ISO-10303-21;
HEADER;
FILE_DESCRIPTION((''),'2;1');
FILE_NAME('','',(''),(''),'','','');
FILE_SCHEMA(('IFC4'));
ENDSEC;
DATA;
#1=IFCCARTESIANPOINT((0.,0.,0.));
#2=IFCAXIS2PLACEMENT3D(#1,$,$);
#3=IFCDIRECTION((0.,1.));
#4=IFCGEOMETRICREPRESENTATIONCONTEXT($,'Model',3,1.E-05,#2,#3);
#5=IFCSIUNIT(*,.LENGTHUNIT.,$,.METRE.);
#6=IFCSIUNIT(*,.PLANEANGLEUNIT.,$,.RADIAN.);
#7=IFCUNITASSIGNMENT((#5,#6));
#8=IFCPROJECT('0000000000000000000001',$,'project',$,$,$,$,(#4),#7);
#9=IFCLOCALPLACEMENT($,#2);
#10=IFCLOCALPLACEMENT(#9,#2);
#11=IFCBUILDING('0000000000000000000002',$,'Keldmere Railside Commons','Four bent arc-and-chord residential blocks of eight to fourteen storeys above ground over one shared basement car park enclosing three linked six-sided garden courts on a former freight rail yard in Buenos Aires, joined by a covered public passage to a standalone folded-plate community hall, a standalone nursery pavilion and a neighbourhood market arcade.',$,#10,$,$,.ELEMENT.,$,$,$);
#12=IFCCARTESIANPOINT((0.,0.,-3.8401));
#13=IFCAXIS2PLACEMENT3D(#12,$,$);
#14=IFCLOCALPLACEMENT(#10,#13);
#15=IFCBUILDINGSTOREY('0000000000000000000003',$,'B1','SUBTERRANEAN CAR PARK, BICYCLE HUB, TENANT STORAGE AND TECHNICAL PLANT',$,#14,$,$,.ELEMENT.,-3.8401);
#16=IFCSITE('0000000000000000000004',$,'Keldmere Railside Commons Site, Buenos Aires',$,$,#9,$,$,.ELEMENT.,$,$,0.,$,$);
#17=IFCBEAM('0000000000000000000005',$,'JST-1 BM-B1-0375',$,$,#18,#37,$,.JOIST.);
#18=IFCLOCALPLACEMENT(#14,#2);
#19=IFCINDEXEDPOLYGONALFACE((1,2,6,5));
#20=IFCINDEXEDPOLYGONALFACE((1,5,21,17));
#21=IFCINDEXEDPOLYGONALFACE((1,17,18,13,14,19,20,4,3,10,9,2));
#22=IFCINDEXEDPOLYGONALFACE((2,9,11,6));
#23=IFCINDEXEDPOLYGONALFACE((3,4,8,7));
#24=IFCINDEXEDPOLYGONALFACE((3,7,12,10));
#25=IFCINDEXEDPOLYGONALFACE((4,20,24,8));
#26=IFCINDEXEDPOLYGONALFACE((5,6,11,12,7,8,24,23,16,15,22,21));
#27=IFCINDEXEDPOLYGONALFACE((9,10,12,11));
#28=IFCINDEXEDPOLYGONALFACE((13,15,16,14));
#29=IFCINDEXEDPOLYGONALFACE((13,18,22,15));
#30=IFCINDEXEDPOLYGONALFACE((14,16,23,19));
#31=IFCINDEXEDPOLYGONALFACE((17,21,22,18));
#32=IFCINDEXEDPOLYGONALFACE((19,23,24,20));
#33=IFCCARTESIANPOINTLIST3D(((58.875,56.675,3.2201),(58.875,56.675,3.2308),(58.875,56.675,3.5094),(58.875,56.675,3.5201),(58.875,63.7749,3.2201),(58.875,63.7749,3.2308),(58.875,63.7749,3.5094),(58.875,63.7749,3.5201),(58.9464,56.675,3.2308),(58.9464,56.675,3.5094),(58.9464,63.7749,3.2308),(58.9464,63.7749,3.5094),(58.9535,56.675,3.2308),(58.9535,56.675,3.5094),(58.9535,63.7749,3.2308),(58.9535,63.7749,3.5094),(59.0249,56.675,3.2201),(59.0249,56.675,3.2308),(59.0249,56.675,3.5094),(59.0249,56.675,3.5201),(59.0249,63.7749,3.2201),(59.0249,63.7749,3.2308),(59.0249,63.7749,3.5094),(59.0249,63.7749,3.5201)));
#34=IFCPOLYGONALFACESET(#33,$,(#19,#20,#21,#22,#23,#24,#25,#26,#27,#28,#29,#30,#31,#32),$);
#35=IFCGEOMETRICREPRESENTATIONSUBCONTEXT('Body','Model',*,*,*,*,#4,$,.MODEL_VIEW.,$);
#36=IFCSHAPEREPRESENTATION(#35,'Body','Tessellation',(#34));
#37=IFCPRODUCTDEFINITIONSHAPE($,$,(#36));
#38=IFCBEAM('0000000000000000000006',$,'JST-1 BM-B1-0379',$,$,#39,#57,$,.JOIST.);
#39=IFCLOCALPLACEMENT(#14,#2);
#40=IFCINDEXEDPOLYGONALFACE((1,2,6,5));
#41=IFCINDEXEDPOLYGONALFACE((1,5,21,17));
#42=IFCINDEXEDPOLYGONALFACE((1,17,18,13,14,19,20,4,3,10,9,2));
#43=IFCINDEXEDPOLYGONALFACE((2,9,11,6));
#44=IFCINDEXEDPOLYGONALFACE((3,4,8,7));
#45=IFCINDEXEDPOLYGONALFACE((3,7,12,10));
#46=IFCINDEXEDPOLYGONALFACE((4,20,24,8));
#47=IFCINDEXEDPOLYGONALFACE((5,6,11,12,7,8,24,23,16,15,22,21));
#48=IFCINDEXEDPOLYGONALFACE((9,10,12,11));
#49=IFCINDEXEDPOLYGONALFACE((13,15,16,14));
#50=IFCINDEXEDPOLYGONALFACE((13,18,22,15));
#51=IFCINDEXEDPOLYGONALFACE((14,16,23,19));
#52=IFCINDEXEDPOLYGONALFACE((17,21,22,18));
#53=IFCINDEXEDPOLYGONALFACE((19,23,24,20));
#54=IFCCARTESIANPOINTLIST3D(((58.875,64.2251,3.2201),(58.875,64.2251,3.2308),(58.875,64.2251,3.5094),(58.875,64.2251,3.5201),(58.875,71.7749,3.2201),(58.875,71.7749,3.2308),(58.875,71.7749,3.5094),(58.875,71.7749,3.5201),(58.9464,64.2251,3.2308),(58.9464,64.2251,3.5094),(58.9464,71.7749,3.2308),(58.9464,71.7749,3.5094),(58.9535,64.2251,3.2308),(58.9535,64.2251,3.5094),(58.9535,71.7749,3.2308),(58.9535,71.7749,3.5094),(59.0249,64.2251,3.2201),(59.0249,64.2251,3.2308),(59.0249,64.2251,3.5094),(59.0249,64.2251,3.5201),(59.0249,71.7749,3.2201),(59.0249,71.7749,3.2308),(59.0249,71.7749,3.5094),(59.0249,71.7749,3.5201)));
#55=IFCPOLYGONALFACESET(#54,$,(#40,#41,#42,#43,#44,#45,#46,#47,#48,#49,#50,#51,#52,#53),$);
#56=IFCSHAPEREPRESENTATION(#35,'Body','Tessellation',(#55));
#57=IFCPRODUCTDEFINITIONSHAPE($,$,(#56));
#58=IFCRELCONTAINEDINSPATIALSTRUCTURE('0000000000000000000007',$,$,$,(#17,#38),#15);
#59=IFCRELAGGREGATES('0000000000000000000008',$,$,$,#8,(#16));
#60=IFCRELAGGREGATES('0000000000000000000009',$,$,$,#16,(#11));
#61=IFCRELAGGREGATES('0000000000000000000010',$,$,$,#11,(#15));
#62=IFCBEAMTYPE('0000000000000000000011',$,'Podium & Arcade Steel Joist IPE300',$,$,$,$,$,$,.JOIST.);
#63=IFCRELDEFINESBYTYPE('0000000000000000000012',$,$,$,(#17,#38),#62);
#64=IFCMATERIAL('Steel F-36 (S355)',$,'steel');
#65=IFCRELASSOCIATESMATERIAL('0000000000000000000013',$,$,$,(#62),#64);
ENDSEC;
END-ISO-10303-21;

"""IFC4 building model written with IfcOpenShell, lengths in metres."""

from ifc_helpers import new_model, si_unit, direction, frame, origin, origin_2d, place, context, subcontext, project, spatial, i_section, extrude, material, material_profile, profile_set, type_object, element, save


model = new_model("IFC4")

# Units and contexts
model_context = context("Model", 3, precision=1e-05, world=origin(), true_north=direction((0.0, 1.0)))
body_context = subcontext(model_context, "Body", "Model", "MODEL_VIEW")
ifc_project = project(units=[si_unit("LENGTHUNIT", "METRE"), si_unit("PLANEANGLEUNIT", "RADIAN")], contexts=[model_context])

# Site, building, storey
site_placement = place(None, origin())
site = spatial("IfcSite", under=ifc_project, at=site_placement, Name="Keldmere Railside Commons Site, Buenos Aires", CompositionType="ELEMENT", RefElevation=0.0)
building_placement = place(site_placement, origin())
building = spatial("IfcBuilding", under=site, at=building_placement, Name="Keldmere Railside Commons", Description="Four bent arc-and-chord residential blocks of eight to fourteen storeys above ground over one shared basement car park enclosing three linked six-sided garden courts on a former freight rail yard in Buenos Aires, joined by a covered public passage to a standalone folded-plate community hall, a standalone nursery pavilion and a neighbourhood market arcade.", CompositionType="ELEMENT")
storey_placement = place(building_placement, frame((0.0, 0.0, -3.8401)))
storey = spatial("IfcBuildingStorey", under=building, at=storey_placement, Name="B1", Description="SUBTERRANEAN CAR PARK, BICYCLE HUB, TENANT STORAGE AND TECHNICAL PLANT", CompositionType="ELEMENT", Elevation=-3.8401)

# Beams
ifc_material_1 = material(Name="Steel F-36 (S355)", Category="steel")
ifc_material_profile_1 = material_profile(ifc_material_1, i_section(OverallWidth=0.1499, OverallDepth=0.3, WebThickness=0.0071, FlangeThickness=0.0107, at=origin_2d()), Name="IPE-300")
ifc_profile_set_1 = profile_set([ifc_material_profile_1], Name="Steel F-36 (S355)")
beam_type_1 = type_object("IfcBeamType", Name="Podium & Arcade Steel Joist IPE300", PredefinedType="JOIST", material=ifc_profile_set_1)
beam_1_placement = place(storey_placement, frame((58.95, 56.675, 3.3701), z_axis=(0.0, 1.0, 0.0), x_axis=(-1.0, 0.0, 0.0)))
element("IfcBeam", 1, at=beam_1_placement, inside=storey, type_object=beam_type_1, Name="JST-1 BM-B1-0375", PredefinedType="JOIST", context=body_context, shape_type="SweptSolid", body=[
    extrude(i_section(OverallWidth=0.1499, OverallDepth=0.3, WebThickness=0.0071, FlangeThickness=0.0107, at=origin_2d()), origin(), (0.0, 0.0, 1.0), 7.0999),
])
beam_2_placement = place(storey_placement, frame((58.95, 64.2251, 3.3701), z_axis=(0.0, 1.0, 0.0), x_axis=(-1.0, 0.0, 0.0)))
element("IfcBeam", 2, at=beam_2_placement, inside=storey, type_object=beam_type_1, Name="JST-1 BM-B1-0379", PredefinedType="JOIST", context=body_context, shape_type="SweptSolid", body=[
    extrude(i_section(OverallWidth=0.1499, OverallDepth=0.3, WebThickness=0.0071, FlangeThickness=0.0107, at=origin_2d()), origin(), (0.0, 0.0, 1.0), 7.5498),
])

save(model, "model.ifc")
